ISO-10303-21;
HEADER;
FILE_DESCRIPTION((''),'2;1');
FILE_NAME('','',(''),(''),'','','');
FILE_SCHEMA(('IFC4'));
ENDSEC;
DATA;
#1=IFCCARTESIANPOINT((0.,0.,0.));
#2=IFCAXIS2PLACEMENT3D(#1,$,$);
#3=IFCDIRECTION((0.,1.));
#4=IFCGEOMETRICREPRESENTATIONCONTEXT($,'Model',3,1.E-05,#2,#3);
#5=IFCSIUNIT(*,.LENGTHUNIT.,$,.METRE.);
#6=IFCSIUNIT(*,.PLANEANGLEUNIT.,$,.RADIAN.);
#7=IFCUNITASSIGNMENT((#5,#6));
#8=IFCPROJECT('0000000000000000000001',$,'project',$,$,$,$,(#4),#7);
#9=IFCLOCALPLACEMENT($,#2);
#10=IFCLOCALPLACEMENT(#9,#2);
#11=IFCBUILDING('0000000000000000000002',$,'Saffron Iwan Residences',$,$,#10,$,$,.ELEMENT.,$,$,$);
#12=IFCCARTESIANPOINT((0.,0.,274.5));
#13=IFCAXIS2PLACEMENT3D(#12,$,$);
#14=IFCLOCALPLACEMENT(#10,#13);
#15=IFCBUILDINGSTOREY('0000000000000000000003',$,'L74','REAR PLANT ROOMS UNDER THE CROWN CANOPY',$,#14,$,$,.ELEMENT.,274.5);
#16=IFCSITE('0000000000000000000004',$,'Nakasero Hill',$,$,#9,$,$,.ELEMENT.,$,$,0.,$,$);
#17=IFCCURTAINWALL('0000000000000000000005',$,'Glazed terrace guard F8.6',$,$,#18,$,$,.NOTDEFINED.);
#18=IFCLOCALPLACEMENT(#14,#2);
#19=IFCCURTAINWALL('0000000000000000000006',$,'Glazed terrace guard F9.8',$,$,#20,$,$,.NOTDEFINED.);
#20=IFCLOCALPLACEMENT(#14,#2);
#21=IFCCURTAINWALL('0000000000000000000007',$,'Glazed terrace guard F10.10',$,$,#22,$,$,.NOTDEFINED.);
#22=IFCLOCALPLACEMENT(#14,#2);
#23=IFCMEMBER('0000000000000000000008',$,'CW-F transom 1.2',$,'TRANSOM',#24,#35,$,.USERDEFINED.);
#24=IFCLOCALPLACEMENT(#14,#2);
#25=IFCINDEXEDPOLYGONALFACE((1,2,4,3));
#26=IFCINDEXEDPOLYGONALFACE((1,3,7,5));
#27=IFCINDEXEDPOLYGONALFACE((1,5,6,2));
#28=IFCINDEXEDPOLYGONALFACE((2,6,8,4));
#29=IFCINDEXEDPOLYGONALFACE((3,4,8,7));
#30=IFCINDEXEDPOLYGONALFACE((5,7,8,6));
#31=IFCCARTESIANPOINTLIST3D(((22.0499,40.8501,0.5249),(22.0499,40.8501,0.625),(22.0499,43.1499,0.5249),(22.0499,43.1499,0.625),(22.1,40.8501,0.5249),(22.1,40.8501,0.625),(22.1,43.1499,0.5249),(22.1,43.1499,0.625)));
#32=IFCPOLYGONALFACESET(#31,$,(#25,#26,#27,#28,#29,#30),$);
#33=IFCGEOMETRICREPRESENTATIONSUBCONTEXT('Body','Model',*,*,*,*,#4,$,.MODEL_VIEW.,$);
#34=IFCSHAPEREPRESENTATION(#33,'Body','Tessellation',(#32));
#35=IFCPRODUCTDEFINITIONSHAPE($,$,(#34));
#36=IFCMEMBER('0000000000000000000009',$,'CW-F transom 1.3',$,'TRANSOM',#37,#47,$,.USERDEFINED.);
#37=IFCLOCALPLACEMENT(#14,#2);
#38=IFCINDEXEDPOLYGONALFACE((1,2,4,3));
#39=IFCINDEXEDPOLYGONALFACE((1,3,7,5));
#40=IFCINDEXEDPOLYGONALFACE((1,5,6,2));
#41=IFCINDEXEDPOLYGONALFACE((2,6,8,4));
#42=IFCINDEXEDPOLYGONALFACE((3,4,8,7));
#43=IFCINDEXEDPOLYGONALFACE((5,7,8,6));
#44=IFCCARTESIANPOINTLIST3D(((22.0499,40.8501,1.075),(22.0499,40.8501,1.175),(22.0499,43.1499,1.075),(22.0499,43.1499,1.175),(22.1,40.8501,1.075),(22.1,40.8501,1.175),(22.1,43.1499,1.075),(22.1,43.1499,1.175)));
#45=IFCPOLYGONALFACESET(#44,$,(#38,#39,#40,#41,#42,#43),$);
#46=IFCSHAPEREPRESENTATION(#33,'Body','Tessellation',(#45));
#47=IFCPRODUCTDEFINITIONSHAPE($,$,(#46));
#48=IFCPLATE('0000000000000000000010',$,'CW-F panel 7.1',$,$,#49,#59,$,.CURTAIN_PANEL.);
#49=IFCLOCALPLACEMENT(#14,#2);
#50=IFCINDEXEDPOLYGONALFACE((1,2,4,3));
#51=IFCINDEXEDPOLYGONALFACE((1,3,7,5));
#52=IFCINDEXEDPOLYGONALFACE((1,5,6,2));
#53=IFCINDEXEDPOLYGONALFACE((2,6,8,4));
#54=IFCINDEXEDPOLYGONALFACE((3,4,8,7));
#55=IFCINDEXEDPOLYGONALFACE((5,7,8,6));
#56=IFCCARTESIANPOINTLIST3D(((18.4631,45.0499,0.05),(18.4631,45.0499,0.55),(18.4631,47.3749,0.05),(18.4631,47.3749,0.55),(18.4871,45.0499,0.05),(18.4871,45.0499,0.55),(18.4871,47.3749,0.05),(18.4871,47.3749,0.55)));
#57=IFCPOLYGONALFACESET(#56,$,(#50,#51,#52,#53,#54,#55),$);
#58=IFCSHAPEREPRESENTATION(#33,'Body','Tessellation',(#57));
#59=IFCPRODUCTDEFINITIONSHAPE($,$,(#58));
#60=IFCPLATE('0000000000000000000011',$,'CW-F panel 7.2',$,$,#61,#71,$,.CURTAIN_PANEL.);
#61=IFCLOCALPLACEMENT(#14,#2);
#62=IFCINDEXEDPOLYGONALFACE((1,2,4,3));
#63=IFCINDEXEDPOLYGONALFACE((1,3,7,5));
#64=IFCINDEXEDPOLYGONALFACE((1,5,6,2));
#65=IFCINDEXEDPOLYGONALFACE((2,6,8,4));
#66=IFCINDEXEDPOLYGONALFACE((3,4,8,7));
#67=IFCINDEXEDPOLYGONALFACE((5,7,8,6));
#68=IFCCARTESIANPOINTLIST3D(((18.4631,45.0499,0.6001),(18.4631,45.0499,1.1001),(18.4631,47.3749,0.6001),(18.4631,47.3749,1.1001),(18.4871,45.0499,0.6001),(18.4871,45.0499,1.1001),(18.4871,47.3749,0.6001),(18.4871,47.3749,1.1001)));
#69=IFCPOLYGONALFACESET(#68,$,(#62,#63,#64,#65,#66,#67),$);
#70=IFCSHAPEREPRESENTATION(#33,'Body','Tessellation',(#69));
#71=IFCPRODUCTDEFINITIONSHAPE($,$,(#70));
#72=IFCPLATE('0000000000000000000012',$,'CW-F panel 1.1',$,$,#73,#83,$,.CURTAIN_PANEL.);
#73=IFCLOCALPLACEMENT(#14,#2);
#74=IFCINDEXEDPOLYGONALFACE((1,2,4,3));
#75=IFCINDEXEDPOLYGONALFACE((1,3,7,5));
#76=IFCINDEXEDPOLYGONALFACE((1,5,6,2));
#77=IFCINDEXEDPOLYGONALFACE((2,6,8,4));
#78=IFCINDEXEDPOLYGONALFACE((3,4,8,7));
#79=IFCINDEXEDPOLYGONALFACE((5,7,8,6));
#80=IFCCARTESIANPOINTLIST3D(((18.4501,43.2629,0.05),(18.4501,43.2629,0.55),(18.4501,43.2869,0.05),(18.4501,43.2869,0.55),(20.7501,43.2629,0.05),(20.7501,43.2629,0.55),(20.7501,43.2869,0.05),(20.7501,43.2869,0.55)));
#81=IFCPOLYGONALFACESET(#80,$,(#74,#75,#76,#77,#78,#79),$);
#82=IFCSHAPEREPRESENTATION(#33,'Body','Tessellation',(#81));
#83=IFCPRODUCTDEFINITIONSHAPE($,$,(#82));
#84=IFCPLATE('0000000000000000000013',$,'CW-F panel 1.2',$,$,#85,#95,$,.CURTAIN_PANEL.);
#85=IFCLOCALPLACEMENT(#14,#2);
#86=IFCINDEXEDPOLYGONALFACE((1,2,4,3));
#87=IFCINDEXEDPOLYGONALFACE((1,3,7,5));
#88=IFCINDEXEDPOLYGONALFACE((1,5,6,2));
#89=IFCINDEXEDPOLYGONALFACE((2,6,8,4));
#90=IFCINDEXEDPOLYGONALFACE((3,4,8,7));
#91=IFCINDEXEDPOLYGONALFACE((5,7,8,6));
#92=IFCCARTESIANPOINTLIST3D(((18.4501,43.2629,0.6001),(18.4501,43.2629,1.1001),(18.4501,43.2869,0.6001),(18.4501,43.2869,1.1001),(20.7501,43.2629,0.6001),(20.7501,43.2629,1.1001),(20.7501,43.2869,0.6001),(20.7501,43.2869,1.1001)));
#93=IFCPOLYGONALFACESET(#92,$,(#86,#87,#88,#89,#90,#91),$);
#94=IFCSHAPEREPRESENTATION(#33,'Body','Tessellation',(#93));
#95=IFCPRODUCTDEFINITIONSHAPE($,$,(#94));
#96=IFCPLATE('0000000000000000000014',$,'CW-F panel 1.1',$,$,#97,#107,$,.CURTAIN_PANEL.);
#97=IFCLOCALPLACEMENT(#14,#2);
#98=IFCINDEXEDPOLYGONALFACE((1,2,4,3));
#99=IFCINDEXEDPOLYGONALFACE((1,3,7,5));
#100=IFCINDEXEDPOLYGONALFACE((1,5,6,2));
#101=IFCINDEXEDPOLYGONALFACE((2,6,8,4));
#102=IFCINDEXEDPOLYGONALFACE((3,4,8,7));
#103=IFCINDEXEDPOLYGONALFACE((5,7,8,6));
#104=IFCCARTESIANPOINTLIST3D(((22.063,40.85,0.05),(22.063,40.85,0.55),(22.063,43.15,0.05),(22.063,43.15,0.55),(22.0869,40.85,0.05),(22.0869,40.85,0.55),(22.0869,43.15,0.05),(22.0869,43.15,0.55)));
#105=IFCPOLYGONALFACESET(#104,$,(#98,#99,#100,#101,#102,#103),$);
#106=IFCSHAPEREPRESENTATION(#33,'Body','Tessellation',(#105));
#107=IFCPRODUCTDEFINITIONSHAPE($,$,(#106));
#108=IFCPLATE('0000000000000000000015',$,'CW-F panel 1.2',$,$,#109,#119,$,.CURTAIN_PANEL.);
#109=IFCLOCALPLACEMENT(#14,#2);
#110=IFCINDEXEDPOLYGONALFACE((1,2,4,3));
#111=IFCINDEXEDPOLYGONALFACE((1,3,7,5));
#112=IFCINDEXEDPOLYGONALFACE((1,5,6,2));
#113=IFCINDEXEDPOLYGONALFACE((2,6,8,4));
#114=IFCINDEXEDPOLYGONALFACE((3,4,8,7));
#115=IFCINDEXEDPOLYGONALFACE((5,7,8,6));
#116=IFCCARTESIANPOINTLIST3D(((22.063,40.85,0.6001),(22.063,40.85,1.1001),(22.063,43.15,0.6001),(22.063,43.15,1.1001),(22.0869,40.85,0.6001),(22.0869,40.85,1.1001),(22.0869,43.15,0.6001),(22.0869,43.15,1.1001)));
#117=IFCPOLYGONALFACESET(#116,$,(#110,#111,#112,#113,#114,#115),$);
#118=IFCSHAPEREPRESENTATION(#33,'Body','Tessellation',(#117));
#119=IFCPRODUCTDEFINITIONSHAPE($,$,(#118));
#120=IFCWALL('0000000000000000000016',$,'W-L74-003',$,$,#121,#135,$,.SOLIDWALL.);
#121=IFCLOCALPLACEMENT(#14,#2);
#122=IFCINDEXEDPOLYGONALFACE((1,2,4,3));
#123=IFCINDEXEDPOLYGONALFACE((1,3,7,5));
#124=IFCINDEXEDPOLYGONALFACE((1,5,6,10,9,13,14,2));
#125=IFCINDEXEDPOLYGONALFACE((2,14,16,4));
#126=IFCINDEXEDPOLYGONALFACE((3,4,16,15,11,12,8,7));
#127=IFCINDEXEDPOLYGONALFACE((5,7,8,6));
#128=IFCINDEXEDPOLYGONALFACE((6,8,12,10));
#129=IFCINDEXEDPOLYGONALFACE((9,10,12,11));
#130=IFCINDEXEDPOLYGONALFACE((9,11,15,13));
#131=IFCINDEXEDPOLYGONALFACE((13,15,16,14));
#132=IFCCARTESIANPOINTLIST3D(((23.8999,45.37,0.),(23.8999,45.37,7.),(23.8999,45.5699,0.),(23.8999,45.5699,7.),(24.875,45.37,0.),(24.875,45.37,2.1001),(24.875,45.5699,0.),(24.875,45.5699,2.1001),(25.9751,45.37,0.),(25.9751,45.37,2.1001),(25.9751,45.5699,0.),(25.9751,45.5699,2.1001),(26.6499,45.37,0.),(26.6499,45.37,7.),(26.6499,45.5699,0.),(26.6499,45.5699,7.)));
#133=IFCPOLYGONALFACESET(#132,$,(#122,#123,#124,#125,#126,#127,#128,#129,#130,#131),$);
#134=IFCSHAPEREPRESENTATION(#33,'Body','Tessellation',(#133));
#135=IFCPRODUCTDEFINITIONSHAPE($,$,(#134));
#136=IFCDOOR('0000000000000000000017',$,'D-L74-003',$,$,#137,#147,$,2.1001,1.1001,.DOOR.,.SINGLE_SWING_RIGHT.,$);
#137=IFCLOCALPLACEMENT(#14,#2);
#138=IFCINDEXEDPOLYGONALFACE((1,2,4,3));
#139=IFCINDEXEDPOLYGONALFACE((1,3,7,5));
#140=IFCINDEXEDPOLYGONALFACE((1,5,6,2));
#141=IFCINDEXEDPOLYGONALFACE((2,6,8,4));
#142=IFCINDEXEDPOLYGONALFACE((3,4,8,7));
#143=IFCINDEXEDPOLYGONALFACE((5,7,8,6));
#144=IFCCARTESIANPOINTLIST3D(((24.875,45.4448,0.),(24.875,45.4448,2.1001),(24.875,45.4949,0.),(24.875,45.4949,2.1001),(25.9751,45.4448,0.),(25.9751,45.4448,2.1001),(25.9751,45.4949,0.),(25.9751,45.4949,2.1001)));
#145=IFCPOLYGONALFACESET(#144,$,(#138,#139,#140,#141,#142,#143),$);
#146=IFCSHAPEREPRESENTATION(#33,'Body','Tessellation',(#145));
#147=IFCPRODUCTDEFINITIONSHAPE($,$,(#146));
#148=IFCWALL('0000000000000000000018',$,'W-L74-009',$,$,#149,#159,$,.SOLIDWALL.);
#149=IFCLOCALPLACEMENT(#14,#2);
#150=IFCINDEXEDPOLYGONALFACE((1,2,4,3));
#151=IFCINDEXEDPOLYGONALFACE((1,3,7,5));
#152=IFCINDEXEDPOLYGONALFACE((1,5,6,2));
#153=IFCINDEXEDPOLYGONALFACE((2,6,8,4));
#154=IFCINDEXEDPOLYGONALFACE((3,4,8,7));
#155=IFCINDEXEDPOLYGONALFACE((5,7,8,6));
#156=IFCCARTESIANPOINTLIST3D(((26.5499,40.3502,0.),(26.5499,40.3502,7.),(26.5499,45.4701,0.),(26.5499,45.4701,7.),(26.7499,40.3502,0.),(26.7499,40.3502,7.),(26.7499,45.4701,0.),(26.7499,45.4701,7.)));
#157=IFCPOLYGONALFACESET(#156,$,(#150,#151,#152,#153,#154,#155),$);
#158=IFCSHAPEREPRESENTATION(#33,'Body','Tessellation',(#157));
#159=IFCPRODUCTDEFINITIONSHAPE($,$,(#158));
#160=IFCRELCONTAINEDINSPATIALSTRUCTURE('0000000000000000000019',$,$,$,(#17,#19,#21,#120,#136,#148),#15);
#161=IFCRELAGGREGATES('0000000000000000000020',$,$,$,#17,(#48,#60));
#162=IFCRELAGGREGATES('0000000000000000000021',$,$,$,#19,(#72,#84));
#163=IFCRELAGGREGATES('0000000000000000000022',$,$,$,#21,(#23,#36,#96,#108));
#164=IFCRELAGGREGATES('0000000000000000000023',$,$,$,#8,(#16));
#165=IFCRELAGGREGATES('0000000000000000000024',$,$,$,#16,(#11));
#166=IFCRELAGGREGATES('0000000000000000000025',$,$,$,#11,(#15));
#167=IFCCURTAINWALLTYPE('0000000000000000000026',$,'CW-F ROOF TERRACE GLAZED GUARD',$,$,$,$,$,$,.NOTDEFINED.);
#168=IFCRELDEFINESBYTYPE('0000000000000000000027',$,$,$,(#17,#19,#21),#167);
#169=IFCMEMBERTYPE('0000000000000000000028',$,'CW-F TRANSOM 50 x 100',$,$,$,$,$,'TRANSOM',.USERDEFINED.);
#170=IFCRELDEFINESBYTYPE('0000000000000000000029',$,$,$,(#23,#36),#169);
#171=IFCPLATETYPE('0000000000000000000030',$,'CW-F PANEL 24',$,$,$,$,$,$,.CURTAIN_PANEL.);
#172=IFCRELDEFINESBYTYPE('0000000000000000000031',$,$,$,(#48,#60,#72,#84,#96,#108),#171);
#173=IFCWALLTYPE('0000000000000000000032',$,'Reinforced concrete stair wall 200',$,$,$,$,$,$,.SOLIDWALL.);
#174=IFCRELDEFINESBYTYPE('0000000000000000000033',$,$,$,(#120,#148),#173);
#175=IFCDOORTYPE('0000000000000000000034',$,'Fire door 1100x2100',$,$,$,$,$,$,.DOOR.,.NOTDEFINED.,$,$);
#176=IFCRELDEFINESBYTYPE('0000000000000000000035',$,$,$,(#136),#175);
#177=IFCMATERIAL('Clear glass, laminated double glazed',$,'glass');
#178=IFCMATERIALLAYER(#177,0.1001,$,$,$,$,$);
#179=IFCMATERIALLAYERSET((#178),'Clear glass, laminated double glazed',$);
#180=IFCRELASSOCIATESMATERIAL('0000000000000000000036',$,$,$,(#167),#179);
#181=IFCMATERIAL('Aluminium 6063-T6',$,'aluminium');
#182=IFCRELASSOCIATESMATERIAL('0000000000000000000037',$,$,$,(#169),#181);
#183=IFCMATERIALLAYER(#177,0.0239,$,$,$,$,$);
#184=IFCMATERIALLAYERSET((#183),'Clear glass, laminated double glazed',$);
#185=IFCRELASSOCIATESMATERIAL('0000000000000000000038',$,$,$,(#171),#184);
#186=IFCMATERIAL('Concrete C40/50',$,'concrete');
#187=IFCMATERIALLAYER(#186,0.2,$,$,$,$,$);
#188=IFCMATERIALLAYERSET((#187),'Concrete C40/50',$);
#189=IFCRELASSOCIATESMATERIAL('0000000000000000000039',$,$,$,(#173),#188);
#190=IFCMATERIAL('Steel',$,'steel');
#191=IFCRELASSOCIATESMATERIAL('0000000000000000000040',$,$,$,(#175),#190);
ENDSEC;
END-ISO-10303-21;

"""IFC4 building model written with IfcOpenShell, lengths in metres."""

from ifc_helpers import new_model, si_unit, direction, frame, frame_2d, origin, origin_2d, place, context, subcontext, project, spatial, rectangle, extrude, source, transform, mapped, material, layer, layer_set, material_profile, profile_set, type_object, element, fill, aggregate, save


model = new_model("IFC4")

# Units and contexts
model_context = context("Model", 3, precision=1e-05, world=origin(), true_north=direction((0.0, 1.0)))
body_context = subcontext(model_context, "Body", "Model", "MODEL_VIEW")
ifc_project = project(units=[si_unit("LENGTHUNIT", "METRE"), si_unit("PLANEANGLEUNIT", "RADIAN")], contexts=[model_context])

# Site, building, storey
site_placement = place(None, origin())
site = spatial("IfcSite", under=ifc_project, at=site_placement, Name="Nakasero Hill", CompositionType="ELEMENT", RefElevation=0.0)
building_placement = place(site_placement, origin())
building = spatial("IfcBuilding", under=site, at=building_placement, Name="Saffron Iwan Residences", CompositionType="ELEMENT")
storey_placement = place(building_placement, frame((0.0, 0.0, 274.5)))
storey = spatial("IfcBuildingStorey", under=building, at=storey_placement, Name="L74", Description="REAR PLANT ROOMS UNDER THE CROWN CANOPY", CompositionType="ELEMENT", Elevation=274.5)

# Shared definitions
ifc_material_1 = material(Name="Concrete C40/50", Category="concrete")

# Curtain walls
ifc_material_2 = material(Name="Clear glass, laminated double glazed", Category="glass")
ifc_layer_1 = layer(ifc_material_2, 0.1001)
ifc_layer_set_1 = layer_set([ifc_layer_1], Name="Clear glass, laminated double glazed")
curtain_wall_type = type_object("IfcCurtainWallType", Name="CW-F ROOF TERRACE GLAZED GUARD", PredefinedType="NOTDEFINED", material=ifc_layer_set_1)
curtain_wall_1_placement = place(storey_placement, origin())
curtain_wall_1 = element("IfcCurtainWall", 1, at=curtain_wall_1_placement, inside=storey, type_object=curtain_wall_type, Name="Glazed terrace guard F8.6", PredefinedType="NOTDEFINED")
ifc_material_3 = material(Name="Aluminium 6063-T6", Category="aluminium")
curtain_wall_2_placement = place(storey_placement, origin())
curtain_wall_2 = element("IfcCurtainWall", 2, at=curtain_wall_2_placement, inside=storey, type_object=curtain_wall_type, Name="Glazed terrace guard F9.8", PredefinedType="NOTDEFINED")
curtain_wall_3_placement = place(storey_placement, origin())
curtain_wall_3 = element("IfcCurtainWall", 3, at=curtain_wall_3_placement, inside=storey, type_object=curtain_wall_type, Name="Glazed terrace guard F10.10", PredefinedType="NOTDEFINED")

# Members
ifc_material_profile_1 = material_profile(ifc_material_3, rectangle(XDim=0.05, YDim=0.1001, at=origin_2d()), Name="CW-F TRANSOM 50 x 100")
ifc_profile_set_1 = profile_set([ifc_material_profile_1], Name="Aluminium 6063-T6")
member_type_1 = type_object("IfcMemberType", Name="CW-F TRANSOM 50 x 100", ElementType="TRANSOM", PredefinedType="USERDEFINED", material=ifc_profile_set_1)
shared_shape_1 = source(origin(), body_context, "Body", "SweptSolid", [
    extrude(rectangle(XDim=0.05, YDim=0.1001, at=origin_2d()), origin(), (0.0, 0.0, 1.0), 2.2998),
])
member_1_placement = place(storey_placement, frame((22.075, 43.1499, 0.575), z_axis=(0.0, -1.0, 0.0), x_axis=(1.0, 0.0, 0.0)))
member_1 = element("IfcMember", 4, at=member_1_placement, type_object=member_type_1, Name="CW-F transom 1.2", ObjectType="TRANSOM", PredefinedType="USERDEFINED", context=body_context, shape_type="MappedRepresentation", body=[
    mapped(shared_shape_1, transform((0.0, 0.0, 0.0))),
])
member_2_placement = place(storey_placement, frame((22.075, 43.1499, 1.125), z_axis=(0.0, -1.0, 0.0), x_axis=(1.0, 0.0, 0.0)))
member_2 = element("IfcMember", 5, at=member_2_placement, type_object=member_type_1, Name="CW-F transom 1.3", ObjectType="TRANSOM", PredefinedType="USERDEFINED", context=body_context, shape_type="MappedRepresentation", body=[
    mapped(shared_shape_1, transform((0.0, 0.0, 0.0))),
])

# Plates
ifc_layer_2 = layer(ifc_material_2, 0.0239)
ifc_layer_set_2 = layer_set([ifc_layer_2], Name="Clear glass, laminated double glazed")
plate_type = type_object("IfcPlateType", Name="CW-F PANEL 24", PredefinedType="CURTAIN_PANEL", material=ifc_layer_set_2)
shared_shape_2 = source(origin(), body_context, "Body", "SweptSolid", [
    extrude(rectangle(XDim=2.325, YDim=0.0239, at=origin_2d()), origin(), (0.0, 0.0, 1.0), 0.5),
])
plate_1_placement = place(storey_placement, frame((18.4751, 46.2124, 0.05), z_axis=(0.0, 0.0, 1.0), x_axis=(0.0, -1.0, 0.0)))
plate_1 = element("IfcPlate", 6, at=plate_1_placement, type_object=plate_type, Name="CW-F panel 7.1", PredefinedType="CURTAIN_PANEL", context=body_context, shape_type="MappedRepresentation", body=[
    mapped(shared_shape_2, transform((0.0, 0.0, 0.0))),
])
plate_2_placement = place(storey_placement, frame((18.4751, 46.2124, 0.6001), z_axis=(0.0, 0.0, 1.0), x_axis=(0.0, -1.0, 0.0)))
plate_2 = element("IfcPlate", 7, at=plate_2_placement, type_object=plate_type, Name="CW-F panel 7.2", PredefinedType="CURTAIN_PANEL", context=body_context, shape_type="MappedRepresentation", body=[
    mapped(shared_shape_2, transform((0.0, 0.0, 0.0))),
])
aggregate(curtain_wall_1, [plate_1, plate_2])
shared_shape_3 = source(origin(), body_context, "Body", "SweptSolid", [
    extrude(rectangle(XDim=2.3, YDim=0.0239, at=origin_2d()), origin(), (0.0, 0.0, 1.0), 0.5),
])
plate_3_placement = place(storey_placement, frame((19.6001, 43.2749, 0.05), z_axis=(0.0, 0.0, 1.0), x_axis=(1.0, 0.0, 0.0)))
plate_3 = element("IfcPlate", 8, at=plate_3_placement, type_object=plate_type, Name="CW-F panel 1.1", PredefinedType="CURTAIN_PANEL", context=body_context, shape_type="MappedRepresentation", body=[
    mapped(shared_shape_3, transform((0.0, 0.0, 0.0))),
])
plate_4_placement = place(storey_placement, frame((19.6001, 43.2749, 0.6001), z_axis=(0.0, 0.0, 1.0), x_axis=(1.0, 0.0, 0.0)))
plate_4 = element("IfcPlate", 9, at=plate_4_placement, type_object=plate_type, Name="CW-F panel 1.2", PredefinedType="CURTAIN_PANEL", context=body_context, shape_type="MappedRepresentation", body=[
    mapped(shared_shape_3, transform((0.0, 0.0, 0.0))),
])
aggregate(curtain_wall_2, [plate_3, plate_4])
plate_5_placement = place(storey_placement, frame((22.075, 42.0, 0.05), z_axis=(0.0, 0.0, 1.0), x_axis=(0.0, -1.0, 0.0)))
plate_5 = element("IfcPlate", 10, at=plate_5_placement, type_object=plate_type, Name="CW-F panel 1.1", PredefinedType="CURTAIN_PANEL", context=body_context, shape_type="MappedRepresentation", body=[
    mapped(shared_shape_3, transform((0.0, 0.0, 0.0))),
])
plate_6_placement = place(storey_placement, frame((22.075, 42.0, 0.6001), z_axis=(0.0, 0.0, 1.0), x_axis=(0.0, -1.0, 0.0)))
plate_6 = element("IfcPlate", 11, at=plate_6_placement, type_object=plate_type, Name="CW-F panel 1.2", PredefinedType="CURTAIN_PANEL", context=body_context, shape_type="MappedRepresentation", body=[
    mapped(shared_shape_3, transform((0.0, 0.0, 0.0))),
])
aggregate(curtain_wall_3, [member_1, member_2, plate_5, plate_6])

# Wall, opening, door
ifc_layer_3 = layer(ifc_material_1, 0.2)
ifc_layer_set_3 = layer_set([ifc_layer_3], Name="Concrete C40/50")
wall_type = type_object("IfcWallType", Name="Reinforced concrete stair wall 200", PredefinedType="SOLIDWALL", material=ifc_layer_set_3)
wall_1_placement = place(storey_placement, frame((23.8999, 45.47, 0.0), z_axis=(0.0, 0.0, 1.0), x_axis=(1.0, 0.0, 0.0)))
wall_1 = element("IfcWall", 12, at=wall_1_placement, inside=storey, type_object=wall_type, Name="W-L74-003", PredefinedType="SOLIDWALL", context=body_context, shape_type="SweptSolid", body=[
    extrude(rectangle(XDim=2.75, YDim=0.2, at=frame_2d((1.375, 0.0))), origin(), (0.0, 0.0, 1.0), 7.0),
])
opening_placement = place(wall_1_placement, frame((0.9751, 0.0, 0.0)))
opening = element("IfcOpeningElement", 13, at=opening_placement, cuts=wall_1, PredefinedType="OPENING", context=body_context, shape_type="SweptSolid", body=[
    extrude(rectangle(XDim=1.1001, YDim=2.1001, at=frame_2d((0.55, 1.05))), frame((0.0, 0.1099, 0.0), z_axis=(0.0, -1.0, 0.0), x_axis=(1.0, 0.0, 0.0)), (0.0, 0.0, 1.0), 0.22),
])
ifc_material_4 = material(Name="Steel", Category="steel")
door_type = type_object("IfcDoorType", Name="Fire door 1100x2100", OperationType="NOTDEFINED", PredefinedType="DOOR", material=ifc_material_4)
door_placement = place(opening_placement, origin())
door = element("IfcDoor", 14, at=door_placement, inside=storey, type_object=door_type, Name="D-L74-003", OperationType="SINGLE_SWING_RIGHT", OverallHeight=2.1001, OverallWidth=1.1001, PredefinedType="DOOR", context=body_context, shape_type="SweptSolid", body=[
    extrude(rectangle(XDim=1.1001, YDim=2.1001, at=frame_2d((0.55, 1.05))), frame((0.0, 0.0249, 0.0), z_axis=(0.0, -1.0, 0.0), x_axis=(1.0, 0.0, 0.0)), (0.0, 0.0, 1.0), 0.05),
])
fill(opening, door)

# Wall
wall_2_placement = place(storey_placement, frame((26.6499, 40.3501, 0.0), z_axis=(0.0, 0.0, 1.0), x_axis=(0.0, 1.0, 0.0)))
element("IfcWall", 15, at=wall_2_placement, inside=storey, type_object=wall_type, Name="W-L74-009", PredefinedType="SOLIDWALL", context=body_context, shape_type="SweptSolid", body=[
    extrude(rectangle(XDim=5.1199, YDim=0.2, at=frame_2d((2.5601, 0.0))), origin(), (0.0, 0.0, 1.0), 7.0),
])

save(model, "model.ifc")
